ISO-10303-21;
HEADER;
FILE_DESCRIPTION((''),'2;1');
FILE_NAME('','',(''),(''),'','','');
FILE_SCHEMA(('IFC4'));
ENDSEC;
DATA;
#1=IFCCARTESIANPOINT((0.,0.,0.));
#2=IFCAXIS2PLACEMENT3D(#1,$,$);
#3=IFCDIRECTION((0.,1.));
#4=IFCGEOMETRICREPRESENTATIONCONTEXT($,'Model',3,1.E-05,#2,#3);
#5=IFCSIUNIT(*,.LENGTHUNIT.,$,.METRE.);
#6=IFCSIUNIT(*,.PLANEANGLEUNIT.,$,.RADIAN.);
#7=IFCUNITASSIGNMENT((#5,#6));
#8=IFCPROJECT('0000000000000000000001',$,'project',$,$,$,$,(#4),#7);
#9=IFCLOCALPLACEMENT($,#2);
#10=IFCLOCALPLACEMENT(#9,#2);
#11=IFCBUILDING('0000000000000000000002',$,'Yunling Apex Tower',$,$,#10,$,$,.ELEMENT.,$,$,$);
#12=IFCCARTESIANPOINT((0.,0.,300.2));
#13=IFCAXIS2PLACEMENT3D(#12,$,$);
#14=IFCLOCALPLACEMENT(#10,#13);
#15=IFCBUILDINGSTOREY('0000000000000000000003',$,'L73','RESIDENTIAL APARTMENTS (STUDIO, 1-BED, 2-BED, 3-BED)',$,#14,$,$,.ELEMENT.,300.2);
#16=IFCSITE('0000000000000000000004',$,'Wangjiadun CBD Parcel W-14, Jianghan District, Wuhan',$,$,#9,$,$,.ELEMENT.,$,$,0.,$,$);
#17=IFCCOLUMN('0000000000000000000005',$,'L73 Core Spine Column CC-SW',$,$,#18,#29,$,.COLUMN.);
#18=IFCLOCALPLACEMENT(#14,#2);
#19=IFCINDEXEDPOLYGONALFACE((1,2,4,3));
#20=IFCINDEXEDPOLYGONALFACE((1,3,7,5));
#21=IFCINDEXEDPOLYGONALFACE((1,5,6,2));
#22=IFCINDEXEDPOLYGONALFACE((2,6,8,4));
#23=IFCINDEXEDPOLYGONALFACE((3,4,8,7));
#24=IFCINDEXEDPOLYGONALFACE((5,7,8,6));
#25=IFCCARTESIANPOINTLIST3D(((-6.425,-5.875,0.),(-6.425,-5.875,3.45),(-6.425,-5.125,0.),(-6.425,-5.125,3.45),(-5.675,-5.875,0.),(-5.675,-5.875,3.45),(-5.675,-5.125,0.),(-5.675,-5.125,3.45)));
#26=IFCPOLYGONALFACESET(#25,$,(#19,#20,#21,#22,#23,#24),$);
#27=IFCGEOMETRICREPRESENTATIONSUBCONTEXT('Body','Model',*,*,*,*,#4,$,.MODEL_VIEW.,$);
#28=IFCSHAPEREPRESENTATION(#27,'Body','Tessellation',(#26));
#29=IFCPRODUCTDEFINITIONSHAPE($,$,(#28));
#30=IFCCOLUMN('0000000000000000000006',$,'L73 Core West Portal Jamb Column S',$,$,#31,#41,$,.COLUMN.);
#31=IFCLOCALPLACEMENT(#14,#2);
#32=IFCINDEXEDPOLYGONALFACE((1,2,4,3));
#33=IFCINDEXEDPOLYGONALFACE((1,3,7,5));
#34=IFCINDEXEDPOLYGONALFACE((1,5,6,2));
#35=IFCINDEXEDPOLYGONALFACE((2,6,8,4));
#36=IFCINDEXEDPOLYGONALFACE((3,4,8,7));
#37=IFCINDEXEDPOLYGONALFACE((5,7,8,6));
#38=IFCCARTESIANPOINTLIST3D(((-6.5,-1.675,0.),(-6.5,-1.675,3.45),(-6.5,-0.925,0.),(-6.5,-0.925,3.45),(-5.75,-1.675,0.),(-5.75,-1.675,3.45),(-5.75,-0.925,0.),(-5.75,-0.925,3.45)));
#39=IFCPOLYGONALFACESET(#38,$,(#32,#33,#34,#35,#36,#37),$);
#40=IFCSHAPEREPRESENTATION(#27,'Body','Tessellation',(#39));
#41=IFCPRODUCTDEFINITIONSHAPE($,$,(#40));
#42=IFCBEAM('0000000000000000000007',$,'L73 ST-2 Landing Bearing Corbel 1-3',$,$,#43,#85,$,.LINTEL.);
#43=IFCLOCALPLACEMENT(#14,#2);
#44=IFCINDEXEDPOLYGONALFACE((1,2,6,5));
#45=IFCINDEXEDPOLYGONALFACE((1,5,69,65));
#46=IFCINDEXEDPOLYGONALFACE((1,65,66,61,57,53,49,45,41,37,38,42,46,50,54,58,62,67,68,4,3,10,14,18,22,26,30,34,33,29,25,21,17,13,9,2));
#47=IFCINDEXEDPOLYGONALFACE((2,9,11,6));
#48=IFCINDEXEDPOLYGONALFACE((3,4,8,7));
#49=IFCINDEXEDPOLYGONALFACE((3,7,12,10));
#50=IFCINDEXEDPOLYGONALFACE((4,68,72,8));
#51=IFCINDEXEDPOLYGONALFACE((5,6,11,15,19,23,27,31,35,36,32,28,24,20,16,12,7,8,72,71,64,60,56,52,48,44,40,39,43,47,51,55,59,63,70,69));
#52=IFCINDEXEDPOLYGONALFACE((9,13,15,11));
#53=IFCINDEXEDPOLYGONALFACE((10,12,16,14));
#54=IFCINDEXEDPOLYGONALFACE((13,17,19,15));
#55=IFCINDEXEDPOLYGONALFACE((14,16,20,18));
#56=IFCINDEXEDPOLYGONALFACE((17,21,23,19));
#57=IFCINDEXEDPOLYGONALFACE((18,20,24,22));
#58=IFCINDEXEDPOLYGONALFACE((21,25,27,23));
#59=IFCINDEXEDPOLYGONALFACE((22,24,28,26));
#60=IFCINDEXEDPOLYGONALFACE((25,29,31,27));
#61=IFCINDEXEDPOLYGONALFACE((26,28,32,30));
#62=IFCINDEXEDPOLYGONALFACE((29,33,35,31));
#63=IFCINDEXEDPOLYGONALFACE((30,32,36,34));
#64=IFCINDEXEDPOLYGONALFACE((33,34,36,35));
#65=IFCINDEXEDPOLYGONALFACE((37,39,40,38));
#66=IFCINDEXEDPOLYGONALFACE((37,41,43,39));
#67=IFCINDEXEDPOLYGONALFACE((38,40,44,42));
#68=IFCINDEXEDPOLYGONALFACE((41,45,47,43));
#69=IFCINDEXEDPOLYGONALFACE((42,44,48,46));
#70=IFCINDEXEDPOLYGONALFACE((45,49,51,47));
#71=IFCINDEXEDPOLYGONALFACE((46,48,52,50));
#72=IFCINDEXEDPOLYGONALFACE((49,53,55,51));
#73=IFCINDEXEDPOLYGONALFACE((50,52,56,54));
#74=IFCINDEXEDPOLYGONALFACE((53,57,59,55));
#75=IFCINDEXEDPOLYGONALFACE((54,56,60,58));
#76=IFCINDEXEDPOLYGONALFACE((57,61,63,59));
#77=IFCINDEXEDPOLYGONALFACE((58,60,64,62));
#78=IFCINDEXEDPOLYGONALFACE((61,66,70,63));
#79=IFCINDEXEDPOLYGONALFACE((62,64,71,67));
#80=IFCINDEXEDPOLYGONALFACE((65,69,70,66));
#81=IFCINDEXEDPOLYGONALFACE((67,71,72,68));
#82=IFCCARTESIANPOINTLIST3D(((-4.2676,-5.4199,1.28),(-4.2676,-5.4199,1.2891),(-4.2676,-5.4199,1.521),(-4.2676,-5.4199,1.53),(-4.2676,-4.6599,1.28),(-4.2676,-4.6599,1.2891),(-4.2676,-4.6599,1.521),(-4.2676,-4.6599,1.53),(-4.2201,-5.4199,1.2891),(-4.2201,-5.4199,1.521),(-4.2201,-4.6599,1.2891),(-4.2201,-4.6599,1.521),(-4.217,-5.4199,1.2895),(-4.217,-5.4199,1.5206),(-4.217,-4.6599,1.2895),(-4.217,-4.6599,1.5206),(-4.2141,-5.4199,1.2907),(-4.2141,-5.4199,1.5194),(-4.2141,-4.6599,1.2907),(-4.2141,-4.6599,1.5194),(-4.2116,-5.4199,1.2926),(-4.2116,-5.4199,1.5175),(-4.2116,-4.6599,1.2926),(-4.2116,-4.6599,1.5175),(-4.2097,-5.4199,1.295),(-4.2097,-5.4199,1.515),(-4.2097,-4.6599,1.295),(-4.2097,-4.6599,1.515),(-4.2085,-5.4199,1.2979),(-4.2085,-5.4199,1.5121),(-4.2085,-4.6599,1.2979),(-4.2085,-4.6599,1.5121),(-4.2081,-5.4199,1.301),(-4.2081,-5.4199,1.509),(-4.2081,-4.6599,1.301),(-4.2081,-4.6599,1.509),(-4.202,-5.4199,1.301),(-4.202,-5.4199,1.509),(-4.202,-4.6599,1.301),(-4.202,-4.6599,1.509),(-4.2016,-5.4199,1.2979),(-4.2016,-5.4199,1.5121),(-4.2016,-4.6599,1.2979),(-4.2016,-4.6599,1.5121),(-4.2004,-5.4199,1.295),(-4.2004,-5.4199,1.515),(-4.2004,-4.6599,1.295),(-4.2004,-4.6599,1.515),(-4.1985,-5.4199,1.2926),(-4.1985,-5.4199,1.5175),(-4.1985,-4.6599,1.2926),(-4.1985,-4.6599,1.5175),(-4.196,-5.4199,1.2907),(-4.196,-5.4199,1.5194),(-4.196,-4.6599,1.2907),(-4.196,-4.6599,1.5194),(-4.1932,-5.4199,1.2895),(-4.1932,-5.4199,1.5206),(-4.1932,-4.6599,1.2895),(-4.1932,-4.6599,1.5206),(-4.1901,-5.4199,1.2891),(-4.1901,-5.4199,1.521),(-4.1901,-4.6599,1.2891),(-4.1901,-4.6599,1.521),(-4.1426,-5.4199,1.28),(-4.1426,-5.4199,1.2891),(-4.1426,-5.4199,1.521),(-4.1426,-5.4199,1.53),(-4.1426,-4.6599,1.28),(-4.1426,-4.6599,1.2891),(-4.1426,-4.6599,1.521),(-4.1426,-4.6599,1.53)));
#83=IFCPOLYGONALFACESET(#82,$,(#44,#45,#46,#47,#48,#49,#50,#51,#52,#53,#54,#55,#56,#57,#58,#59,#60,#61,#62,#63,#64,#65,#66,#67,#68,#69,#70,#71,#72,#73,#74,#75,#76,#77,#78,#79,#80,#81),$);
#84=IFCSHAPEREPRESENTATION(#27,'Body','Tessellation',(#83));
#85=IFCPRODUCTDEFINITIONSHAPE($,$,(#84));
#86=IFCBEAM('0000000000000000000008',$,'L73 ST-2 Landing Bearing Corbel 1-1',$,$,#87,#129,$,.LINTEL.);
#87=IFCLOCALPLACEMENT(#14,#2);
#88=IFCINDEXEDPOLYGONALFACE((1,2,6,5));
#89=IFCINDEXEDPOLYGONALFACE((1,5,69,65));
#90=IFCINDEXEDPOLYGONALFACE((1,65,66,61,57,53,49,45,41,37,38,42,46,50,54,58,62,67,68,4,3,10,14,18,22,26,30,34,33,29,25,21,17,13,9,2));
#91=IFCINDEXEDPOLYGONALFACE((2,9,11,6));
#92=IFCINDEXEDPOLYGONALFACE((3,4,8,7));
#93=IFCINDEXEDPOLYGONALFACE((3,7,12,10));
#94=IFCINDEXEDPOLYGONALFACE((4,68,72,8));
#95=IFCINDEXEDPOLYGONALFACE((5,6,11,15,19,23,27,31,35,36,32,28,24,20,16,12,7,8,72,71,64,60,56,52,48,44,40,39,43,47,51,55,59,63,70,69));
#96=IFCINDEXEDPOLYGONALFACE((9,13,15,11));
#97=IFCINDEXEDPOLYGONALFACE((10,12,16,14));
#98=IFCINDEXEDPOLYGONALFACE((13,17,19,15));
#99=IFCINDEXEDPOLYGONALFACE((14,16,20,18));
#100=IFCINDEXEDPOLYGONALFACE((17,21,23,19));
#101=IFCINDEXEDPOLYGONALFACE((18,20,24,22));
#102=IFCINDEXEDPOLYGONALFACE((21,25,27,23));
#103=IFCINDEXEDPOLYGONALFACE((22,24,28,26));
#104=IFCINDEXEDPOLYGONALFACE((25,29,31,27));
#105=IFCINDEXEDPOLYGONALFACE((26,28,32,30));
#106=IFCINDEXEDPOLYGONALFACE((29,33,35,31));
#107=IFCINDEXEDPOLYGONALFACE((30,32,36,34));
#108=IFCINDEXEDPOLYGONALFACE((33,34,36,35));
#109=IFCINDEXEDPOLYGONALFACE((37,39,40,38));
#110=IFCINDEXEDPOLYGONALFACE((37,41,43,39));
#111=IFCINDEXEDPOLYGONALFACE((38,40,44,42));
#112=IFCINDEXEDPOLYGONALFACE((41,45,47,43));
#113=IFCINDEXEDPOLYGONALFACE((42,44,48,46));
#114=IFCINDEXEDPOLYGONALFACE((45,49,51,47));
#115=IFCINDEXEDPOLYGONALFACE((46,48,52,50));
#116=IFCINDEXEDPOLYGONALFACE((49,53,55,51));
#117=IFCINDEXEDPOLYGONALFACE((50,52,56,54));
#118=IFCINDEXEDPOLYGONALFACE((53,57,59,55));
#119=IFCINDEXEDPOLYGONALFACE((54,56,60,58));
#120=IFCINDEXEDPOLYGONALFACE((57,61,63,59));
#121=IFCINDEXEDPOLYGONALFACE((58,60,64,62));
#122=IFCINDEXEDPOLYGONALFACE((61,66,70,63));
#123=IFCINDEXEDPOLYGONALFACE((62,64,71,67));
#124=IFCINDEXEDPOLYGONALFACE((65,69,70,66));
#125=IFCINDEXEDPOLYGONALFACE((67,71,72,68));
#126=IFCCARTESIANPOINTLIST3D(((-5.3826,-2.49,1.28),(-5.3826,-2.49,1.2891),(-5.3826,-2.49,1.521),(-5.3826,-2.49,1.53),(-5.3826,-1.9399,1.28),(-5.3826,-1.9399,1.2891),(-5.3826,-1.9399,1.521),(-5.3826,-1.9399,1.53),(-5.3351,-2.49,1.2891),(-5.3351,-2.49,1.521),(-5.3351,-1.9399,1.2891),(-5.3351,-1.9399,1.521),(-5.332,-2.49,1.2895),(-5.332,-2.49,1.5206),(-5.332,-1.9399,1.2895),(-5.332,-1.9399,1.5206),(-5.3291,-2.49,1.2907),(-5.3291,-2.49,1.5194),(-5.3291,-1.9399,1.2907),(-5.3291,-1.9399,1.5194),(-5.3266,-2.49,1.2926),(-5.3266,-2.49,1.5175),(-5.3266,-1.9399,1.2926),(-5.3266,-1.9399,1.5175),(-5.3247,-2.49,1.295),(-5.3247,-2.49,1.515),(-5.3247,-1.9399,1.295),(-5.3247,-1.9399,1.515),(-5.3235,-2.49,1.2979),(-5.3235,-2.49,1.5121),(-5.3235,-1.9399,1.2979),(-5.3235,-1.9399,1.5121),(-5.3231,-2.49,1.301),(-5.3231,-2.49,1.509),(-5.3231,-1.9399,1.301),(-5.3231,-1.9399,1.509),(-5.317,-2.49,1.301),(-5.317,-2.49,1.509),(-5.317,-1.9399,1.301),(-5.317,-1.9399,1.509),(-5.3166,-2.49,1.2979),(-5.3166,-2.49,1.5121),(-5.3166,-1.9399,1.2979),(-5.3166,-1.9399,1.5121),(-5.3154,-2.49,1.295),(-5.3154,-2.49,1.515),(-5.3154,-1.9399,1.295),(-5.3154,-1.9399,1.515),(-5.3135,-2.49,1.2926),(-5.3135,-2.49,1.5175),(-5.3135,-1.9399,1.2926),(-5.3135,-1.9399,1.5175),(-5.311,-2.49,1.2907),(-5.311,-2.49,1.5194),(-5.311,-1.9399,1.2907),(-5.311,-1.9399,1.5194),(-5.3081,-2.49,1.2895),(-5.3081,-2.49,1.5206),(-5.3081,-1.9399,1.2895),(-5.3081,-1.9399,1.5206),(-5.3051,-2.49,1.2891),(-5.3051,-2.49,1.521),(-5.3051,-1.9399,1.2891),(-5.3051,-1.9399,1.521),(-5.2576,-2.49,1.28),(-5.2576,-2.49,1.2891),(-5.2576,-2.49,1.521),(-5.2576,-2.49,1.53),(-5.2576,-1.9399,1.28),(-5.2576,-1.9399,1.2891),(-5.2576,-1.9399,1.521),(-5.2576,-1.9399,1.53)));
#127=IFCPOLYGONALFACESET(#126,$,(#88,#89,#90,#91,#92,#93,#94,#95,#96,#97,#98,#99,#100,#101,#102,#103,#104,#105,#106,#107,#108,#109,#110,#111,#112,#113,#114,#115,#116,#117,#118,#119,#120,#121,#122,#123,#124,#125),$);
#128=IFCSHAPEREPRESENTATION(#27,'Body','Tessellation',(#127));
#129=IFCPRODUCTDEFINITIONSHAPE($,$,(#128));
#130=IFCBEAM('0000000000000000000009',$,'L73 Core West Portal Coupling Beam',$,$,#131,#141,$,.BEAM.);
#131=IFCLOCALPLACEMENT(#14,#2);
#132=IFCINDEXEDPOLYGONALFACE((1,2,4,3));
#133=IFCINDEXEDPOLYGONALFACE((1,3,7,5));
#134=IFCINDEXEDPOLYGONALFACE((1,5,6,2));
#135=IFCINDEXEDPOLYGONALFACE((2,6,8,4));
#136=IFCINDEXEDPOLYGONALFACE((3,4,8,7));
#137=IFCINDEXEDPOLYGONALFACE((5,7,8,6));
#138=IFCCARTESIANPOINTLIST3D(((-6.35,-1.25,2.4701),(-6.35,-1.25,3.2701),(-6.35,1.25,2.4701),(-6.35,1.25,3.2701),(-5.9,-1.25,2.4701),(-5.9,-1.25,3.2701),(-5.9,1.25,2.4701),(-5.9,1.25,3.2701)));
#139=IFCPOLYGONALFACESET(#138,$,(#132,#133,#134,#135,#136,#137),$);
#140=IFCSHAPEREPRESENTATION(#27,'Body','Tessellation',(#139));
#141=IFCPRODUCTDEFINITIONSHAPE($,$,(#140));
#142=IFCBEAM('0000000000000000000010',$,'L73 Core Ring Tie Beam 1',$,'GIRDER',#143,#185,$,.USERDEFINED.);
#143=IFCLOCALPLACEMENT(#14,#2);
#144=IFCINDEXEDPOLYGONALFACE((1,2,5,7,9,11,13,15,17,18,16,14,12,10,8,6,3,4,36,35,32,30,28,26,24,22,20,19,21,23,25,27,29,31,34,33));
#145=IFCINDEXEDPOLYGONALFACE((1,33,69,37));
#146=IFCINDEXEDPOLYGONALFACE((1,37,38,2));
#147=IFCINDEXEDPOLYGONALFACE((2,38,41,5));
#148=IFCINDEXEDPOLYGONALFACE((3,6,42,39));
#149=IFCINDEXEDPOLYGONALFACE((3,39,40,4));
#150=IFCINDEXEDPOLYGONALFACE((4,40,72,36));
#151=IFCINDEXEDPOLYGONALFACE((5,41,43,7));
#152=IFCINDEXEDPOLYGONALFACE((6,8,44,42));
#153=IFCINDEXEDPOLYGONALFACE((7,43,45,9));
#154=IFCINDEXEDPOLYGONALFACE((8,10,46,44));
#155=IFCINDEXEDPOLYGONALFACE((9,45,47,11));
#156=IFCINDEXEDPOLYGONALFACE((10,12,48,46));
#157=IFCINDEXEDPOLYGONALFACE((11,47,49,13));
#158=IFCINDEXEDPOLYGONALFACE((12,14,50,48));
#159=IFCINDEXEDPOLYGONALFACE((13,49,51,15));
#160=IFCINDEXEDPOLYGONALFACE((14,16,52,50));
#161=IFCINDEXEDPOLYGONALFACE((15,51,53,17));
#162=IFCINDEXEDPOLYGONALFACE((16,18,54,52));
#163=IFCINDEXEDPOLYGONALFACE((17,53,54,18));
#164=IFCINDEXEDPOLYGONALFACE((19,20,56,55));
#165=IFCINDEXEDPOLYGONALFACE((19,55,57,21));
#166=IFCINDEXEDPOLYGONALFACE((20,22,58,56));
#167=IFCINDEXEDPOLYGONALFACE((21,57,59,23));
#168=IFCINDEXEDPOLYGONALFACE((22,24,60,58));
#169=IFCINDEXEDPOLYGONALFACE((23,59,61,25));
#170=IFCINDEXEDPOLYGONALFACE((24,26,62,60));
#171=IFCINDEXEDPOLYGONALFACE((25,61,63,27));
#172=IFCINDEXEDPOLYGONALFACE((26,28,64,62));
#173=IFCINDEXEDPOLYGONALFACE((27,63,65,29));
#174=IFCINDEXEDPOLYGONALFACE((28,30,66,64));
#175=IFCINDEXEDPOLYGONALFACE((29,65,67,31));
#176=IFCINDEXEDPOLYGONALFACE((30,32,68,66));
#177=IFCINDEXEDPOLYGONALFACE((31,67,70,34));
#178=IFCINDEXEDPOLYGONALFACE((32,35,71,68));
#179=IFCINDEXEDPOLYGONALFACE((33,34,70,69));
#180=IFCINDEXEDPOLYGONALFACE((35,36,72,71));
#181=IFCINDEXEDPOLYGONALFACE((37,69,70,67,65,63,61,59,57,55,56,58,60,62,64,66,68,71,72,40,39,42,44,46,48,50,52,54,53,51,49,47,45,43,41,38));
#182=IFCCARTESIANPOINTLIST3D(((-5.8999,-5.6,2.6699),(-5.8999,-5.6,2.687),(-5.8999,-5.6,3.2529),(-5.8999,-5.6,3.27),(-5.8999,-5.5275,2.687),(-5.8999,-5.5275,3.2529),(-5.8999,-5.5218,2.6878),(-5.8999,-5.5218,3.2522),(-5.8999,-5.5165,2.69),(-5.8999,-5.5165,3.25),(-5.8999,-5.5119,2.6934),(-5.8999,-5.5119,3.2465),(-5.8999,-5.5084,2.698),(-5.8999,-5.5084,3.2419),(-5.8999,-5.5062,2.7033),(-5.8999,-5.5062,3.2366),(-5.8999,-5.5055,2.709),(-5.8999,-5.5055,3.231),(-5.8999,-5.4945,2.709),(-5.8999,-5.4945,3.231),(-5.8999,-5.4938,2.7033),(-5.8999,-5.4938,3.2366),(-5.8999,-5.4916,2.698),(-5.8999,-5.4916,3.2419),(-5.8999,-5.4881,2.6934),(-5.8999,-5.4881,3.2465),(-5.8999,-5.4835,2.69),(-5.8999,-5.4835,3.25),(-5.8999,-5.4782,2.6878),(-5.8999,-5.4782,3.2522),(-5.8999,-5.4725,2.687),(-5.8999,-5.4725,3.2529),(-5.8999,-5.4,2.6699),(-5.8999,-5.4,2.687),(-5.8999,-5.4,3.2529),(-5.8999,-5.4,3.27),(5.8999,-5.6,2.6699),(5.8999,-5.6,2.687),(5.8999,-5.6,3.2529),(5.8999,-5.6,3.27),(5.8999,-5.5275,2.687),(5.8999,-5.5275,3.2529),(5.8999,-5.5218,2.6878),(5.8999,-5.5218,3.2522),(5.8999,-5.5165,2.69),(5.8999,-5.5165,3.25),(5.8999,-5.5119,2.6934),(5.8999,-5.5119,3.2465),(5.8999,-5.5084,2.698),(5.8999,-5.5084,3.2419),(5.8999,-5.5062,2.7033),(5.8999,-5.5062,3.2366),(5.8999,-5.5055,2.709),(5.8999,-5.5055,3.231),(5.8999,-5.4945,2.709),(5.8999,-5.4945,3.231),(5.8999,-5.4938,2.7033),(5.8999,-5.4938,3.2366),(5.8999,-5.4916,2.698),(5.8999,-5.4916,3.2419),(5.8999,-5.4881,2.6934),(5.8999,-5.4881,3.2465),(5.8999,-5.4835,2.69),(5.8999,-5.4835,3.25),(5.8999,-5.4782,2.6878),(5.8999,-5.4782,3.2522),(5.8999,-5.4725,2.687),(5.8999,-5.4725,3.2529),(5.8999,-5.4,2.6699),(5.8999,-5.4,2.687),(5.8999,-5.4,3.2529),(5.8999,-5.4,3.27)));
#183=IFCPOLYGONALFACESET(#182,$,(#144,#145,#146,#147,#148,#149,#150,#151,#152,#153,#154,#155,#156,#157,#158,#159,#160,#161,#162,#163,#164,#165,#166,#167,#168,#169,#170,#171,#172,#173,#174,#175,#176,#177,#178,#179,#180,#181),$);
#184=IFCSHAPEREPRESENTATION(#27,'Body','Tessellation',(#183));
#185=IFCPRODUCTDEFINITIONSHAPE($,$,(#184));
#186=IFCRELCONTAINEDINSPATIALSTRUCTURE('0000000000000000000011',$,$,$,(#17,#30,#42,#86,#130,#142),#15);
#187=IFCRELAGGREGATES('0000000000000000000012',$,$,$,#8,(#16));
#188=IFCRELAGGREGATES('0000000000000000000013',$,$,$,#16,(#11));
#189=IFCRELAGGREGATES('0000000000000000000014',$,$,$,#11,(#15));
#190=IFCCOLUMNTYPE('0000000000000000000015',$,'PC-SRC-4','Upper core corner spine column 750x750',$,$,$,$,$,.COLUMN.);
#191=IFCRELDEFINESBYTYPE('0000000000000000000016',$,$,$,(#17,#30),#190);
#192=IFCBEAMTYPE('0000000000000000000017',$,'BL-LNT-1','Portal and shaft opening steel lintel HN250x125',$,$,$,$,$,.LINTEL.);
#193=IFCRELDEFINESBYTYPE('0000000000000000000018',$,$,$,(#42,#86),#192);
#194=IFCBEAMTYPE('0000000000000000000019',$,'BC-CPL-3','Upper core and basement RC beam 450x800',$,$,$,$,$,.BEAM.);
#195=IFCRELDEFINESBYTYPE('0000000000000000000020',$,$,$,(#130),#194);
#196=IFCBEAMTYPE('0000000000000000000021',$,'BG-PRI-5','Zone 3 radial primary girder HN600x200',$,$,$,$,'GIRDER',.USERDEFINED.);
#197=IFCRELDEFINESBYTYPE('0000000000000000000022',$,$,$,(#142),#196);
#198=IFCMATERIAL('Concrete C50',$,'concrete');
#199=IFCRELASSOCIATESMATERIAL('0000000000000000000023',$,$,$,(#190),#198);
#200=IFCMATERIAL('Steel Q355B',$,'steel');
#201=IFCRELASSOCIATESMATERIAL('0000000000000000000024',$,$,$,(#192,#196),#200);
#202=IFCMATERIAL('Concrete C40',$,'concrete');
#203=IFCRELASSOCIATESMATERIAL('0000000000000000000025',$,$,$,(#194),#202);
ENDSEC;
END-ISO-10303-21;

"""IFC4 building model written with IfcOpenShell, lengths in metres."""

from ifc_helpers import new_model, si_unit, direction, frame, origin, origin_2d, place, context, subcontext, project, spatial, rectangle, i_section, extrude, source, transform, mapped, material, material_profile, profile_set, type_object, element, save


model = new_model("IFC4")

# Units and contexts
model_context = context("Model", 3, precision=1e-05, world=origin(), true_north=direction((0.0, 1.0)))
body_context = subcontext(model_context, "Body", "Model", "MODEL_VIEW")
ifc_project = project(units=[si_unit("LENGTHUNIT", "METRE"), si_unit("PLANEANGLEUNIT", "RADIAN")], contexts=[model_context])

# Site, building, storey
site_placement = place(None, origin())
site = spatial("IfcSite", under=ifc_project, at=site_placement, Name="Wangjiadun CBD Parcel W-14, Jianghan District, Wuhan", CompositionType="ELEMENT", RefElevation=0.0)
building_placement = place(site_placement, origin())
building = spatial("IfcBuilding", under=site, at=building_placement, Name="Yunling Apex Tower", CompositionType="ELEMENT")
storey_placement = place(building_placement, frame((0.0, 0.0, 300.2)))
storey = spatial("IfcBuildingStorey", under=building, at=storey_placement, Name="L73", Description="RESIDENTIAL APARTMENTS (STUDIO, 1-BED, 2-BED, 3-BED)", CompositionType="ELEMENT", Elevation=300.2)

# Columns
ifc_material_1 = material(Name="Concrete C50", Category="concrete")
ifc_material_profile_1 = material_profile(ifc_material_1, rectangle(XDim=0.75, YDim=0.75, at=origin_2d()))
ifc_profile_set_1 = profile_set([ifc_material_profile_1], Name="Concrete C50")
column_type = type_object("IfcColumnType", Name="PC-SRC-4", Description="Upper core corner spine column 750x750", PredefinedType="COLUMN", material=ifc_profile_set_1)
shared_shape_1 = source(origin(), body_context, "Body", "SweptSolid", [
    extrude(rectangle(XDim=0.75, YDim=0.75, at=origin_2d()), origin(), (0.0, 0.0, 1.0), 3.45),
])
for number, where, z_axis, x_axis, name in (
    (1, (-6.05, -5.5, 0.0), (0.0, 0.0, 1.0), (1.0, 0.0, 0.0), "L73 Core Spine Column CC-SW"),
    (2, (-6.125, -1.3, 0.0), (0.0, 0.0, 1.0), (1.0, 0.0, 0.0), "L73 Core West Portal Jamb Column S"),
):
    element("IfcColumn", number, at=place(storey_placement, frame(where, z_axis=z_axis, x_axis=x_axis)), inside=storey, type_object=column_type, Name=name, PredefinedType="COLUMN", context=body_context, shape_type="MappedRepresentation", body=[
        mapped(shared_shape_1, transform((0.0, 0.0, 0.0), scale=1.0)),
    ])

# Beams
ifc_material_2 = material(Name="Steel Q355B", Category="steel")
ifc_material_profile_2 = material_profile(ifc_material_2, i_section(OverallWidth=0.125, OverallDepth=0.25, WebThickness=0.0061, FlangeThickness=0.009, FilletRadius=0.012, at=origin_2d()))
ifc_profile_set_2 = profile_set([ifc_material_profile_2], Name="Steel Q355B")
beam_type_1 = type_object("IfcBeamType", Name="BL-LNT-1", Description="Portal and shaft opening steel lintel HN250x125", PredefinedType="LINTEL", material=ifc_profile_set_2)
shared_shape_2 = source(origin(), body_context, "Body", "SweptSolid", [
    extrude(i_section(OverallWidth=0.125, OverallDepth=0.25, WebThickness=0.0061, FlangeThickness=0.009, FilletRadius=0.012, at=origin_2d()), origin(), (0.0, 0.0, 1.0), 0.76),
])
beam_1_placement = place(storey_placement, frame((-4.2051, -5.4199, 1.405), z_axis=(0.0, 1.0, 0.0), x_axis=(-1.0, 0.0, 0.0)))
element("IfcBeam", 3, at=beam_1_placement, inside=storey, type_object=beam_type_1, Name="L73 ST-2 Landing Bearing Corbel 1-3", PredefinedType="LINTEL", context=body_context, shape_type="MappedRepresentation", body=[
    mapped(shared_shape_2, transform((0.0, 0.0, 0.0), scale=1.0)),
])
shared_shape_3 = source(origin(), body_context, "Body", "SweptSolid", [
    extrude(i_section(OverallWidth=0.125, OverallDepth=0.25, WebThickness=0.0061, FlangeThickness=0.009, FilletRadius=0.012, at=origin_2d()), origin(), (0.0, 0.0, 1.0), 0.55),
])
beam_2_placement = place(storey_placement, frame((-5.3201, -1.9399, 1.405), z_axis=(0.0, -1.0, 0.0), x_axis=(1.0, 0.0, 0.0)))
element("IfcBeam", 4, at=beam_2_placement, inside=storey, type_object=beam_type_1, Name="L73 ST-2 Landing Bearing Corbel 1-1", PredefinedType="LINTEL", context=body_context, shape_type="MappedRepresentation", body=[
    mapped(shared_shape_3, transform((0.0, 0.0, 0.0), scale=1.0)),
])
ifc_material_3 = material(Name="Concrete C40", Category="concrete")
ifc_material_profile_3 = material_profile(ifc_material_3, rectangle(XDim=0.45, YDim=0.8, at=origin_2d()))
ifc_profile_set_3 = profile_set([ifc_material_profile_3], Name="Concrete C40")
beam_type_2 = type_object("IfcBeamType", Name="BC-CPL-3", Description="Upper core and basement RC beam 450x800", PredefinedType="BEAM", material=ifc_profile_set_3)
shared_shape_4 = source(origin(), body_context, "Body", "SweptSolid", [
    extrude(rectangle(XDim=0.45, YDim=0.8, at=origin_2d()), origin(), (0.0, 0.0, 1.0), 2.5),
])
beam_3_placement = place(storey_placement, frame((-6.125, -1.25, 2.8701), z_axis=(0.0, 1.0, 0.0), x_axis=(-1.0, 0.0, 0.0)))
element("IfcBeam", 5, at=beam_3_placement, inside=storey, type_object=beam_type_2, Name="L73 Core West Portal Coupling Beam", PredefinedType="BEAM", context=body_context, shape_type="MappedRepresentation", body=[
    mapped(shared_shape_4, transform((0.0, 0.0, 0.0), scale=1.0)),
])
ifc_material_profile_4 = material_profile(ifc_material_2, i_section(OverallWidth=0.2, OverallDepth=0.6001, WebThickness=0.011, FlangeThickness=0.0171, FilletRadius=0.022, at=origin_2d()))
ifc_profile_set_4 = profile_set([ifc_material_profile_4], Name="Steel Q355B")
beam_type_3 = type_object("IfcBeamType", Name="BG-PRI-5", Description="Zone 3 radial primary girder HN600x200", ElementType="GIRDER", PredefinedType="USERDEFINED", material=ifc_profile_set_4)
shared_shape_5 = source(origin(), body_context, "Body", "SweptSolid", [
    extrude(i_section(OverallWidth=0.2, OverallDepth=0.6001, WebThickness=0.011, FlangeThickness=0.0171, FilletRadius=0.022, at=origin_2d()), origin(), (0.0, 0.0, 1.0), 11.7998),
])
beam_4_placement = place(storey_placement, frame((-5.8999, -5.5, 2.97), z_axis=(1.0, 0.0, 0.0), x_axis=(0.0, 1.0, 0.0)))
element("IfcBeam", 6, at=beam_4_placement, inside=storey, type_object=beam_type_3, Name="L73 Core Ring Tie Beam 1", ObjectType="GIRDER", PredefinedType="USERDEFINED", context=body_context, shape_type="MappedRepresentation", body=[
    mapped(shared_shape_5, transform((0.0, 0.0, 0.0), scale=1.0)),
])

save(model, "model.ifc")
